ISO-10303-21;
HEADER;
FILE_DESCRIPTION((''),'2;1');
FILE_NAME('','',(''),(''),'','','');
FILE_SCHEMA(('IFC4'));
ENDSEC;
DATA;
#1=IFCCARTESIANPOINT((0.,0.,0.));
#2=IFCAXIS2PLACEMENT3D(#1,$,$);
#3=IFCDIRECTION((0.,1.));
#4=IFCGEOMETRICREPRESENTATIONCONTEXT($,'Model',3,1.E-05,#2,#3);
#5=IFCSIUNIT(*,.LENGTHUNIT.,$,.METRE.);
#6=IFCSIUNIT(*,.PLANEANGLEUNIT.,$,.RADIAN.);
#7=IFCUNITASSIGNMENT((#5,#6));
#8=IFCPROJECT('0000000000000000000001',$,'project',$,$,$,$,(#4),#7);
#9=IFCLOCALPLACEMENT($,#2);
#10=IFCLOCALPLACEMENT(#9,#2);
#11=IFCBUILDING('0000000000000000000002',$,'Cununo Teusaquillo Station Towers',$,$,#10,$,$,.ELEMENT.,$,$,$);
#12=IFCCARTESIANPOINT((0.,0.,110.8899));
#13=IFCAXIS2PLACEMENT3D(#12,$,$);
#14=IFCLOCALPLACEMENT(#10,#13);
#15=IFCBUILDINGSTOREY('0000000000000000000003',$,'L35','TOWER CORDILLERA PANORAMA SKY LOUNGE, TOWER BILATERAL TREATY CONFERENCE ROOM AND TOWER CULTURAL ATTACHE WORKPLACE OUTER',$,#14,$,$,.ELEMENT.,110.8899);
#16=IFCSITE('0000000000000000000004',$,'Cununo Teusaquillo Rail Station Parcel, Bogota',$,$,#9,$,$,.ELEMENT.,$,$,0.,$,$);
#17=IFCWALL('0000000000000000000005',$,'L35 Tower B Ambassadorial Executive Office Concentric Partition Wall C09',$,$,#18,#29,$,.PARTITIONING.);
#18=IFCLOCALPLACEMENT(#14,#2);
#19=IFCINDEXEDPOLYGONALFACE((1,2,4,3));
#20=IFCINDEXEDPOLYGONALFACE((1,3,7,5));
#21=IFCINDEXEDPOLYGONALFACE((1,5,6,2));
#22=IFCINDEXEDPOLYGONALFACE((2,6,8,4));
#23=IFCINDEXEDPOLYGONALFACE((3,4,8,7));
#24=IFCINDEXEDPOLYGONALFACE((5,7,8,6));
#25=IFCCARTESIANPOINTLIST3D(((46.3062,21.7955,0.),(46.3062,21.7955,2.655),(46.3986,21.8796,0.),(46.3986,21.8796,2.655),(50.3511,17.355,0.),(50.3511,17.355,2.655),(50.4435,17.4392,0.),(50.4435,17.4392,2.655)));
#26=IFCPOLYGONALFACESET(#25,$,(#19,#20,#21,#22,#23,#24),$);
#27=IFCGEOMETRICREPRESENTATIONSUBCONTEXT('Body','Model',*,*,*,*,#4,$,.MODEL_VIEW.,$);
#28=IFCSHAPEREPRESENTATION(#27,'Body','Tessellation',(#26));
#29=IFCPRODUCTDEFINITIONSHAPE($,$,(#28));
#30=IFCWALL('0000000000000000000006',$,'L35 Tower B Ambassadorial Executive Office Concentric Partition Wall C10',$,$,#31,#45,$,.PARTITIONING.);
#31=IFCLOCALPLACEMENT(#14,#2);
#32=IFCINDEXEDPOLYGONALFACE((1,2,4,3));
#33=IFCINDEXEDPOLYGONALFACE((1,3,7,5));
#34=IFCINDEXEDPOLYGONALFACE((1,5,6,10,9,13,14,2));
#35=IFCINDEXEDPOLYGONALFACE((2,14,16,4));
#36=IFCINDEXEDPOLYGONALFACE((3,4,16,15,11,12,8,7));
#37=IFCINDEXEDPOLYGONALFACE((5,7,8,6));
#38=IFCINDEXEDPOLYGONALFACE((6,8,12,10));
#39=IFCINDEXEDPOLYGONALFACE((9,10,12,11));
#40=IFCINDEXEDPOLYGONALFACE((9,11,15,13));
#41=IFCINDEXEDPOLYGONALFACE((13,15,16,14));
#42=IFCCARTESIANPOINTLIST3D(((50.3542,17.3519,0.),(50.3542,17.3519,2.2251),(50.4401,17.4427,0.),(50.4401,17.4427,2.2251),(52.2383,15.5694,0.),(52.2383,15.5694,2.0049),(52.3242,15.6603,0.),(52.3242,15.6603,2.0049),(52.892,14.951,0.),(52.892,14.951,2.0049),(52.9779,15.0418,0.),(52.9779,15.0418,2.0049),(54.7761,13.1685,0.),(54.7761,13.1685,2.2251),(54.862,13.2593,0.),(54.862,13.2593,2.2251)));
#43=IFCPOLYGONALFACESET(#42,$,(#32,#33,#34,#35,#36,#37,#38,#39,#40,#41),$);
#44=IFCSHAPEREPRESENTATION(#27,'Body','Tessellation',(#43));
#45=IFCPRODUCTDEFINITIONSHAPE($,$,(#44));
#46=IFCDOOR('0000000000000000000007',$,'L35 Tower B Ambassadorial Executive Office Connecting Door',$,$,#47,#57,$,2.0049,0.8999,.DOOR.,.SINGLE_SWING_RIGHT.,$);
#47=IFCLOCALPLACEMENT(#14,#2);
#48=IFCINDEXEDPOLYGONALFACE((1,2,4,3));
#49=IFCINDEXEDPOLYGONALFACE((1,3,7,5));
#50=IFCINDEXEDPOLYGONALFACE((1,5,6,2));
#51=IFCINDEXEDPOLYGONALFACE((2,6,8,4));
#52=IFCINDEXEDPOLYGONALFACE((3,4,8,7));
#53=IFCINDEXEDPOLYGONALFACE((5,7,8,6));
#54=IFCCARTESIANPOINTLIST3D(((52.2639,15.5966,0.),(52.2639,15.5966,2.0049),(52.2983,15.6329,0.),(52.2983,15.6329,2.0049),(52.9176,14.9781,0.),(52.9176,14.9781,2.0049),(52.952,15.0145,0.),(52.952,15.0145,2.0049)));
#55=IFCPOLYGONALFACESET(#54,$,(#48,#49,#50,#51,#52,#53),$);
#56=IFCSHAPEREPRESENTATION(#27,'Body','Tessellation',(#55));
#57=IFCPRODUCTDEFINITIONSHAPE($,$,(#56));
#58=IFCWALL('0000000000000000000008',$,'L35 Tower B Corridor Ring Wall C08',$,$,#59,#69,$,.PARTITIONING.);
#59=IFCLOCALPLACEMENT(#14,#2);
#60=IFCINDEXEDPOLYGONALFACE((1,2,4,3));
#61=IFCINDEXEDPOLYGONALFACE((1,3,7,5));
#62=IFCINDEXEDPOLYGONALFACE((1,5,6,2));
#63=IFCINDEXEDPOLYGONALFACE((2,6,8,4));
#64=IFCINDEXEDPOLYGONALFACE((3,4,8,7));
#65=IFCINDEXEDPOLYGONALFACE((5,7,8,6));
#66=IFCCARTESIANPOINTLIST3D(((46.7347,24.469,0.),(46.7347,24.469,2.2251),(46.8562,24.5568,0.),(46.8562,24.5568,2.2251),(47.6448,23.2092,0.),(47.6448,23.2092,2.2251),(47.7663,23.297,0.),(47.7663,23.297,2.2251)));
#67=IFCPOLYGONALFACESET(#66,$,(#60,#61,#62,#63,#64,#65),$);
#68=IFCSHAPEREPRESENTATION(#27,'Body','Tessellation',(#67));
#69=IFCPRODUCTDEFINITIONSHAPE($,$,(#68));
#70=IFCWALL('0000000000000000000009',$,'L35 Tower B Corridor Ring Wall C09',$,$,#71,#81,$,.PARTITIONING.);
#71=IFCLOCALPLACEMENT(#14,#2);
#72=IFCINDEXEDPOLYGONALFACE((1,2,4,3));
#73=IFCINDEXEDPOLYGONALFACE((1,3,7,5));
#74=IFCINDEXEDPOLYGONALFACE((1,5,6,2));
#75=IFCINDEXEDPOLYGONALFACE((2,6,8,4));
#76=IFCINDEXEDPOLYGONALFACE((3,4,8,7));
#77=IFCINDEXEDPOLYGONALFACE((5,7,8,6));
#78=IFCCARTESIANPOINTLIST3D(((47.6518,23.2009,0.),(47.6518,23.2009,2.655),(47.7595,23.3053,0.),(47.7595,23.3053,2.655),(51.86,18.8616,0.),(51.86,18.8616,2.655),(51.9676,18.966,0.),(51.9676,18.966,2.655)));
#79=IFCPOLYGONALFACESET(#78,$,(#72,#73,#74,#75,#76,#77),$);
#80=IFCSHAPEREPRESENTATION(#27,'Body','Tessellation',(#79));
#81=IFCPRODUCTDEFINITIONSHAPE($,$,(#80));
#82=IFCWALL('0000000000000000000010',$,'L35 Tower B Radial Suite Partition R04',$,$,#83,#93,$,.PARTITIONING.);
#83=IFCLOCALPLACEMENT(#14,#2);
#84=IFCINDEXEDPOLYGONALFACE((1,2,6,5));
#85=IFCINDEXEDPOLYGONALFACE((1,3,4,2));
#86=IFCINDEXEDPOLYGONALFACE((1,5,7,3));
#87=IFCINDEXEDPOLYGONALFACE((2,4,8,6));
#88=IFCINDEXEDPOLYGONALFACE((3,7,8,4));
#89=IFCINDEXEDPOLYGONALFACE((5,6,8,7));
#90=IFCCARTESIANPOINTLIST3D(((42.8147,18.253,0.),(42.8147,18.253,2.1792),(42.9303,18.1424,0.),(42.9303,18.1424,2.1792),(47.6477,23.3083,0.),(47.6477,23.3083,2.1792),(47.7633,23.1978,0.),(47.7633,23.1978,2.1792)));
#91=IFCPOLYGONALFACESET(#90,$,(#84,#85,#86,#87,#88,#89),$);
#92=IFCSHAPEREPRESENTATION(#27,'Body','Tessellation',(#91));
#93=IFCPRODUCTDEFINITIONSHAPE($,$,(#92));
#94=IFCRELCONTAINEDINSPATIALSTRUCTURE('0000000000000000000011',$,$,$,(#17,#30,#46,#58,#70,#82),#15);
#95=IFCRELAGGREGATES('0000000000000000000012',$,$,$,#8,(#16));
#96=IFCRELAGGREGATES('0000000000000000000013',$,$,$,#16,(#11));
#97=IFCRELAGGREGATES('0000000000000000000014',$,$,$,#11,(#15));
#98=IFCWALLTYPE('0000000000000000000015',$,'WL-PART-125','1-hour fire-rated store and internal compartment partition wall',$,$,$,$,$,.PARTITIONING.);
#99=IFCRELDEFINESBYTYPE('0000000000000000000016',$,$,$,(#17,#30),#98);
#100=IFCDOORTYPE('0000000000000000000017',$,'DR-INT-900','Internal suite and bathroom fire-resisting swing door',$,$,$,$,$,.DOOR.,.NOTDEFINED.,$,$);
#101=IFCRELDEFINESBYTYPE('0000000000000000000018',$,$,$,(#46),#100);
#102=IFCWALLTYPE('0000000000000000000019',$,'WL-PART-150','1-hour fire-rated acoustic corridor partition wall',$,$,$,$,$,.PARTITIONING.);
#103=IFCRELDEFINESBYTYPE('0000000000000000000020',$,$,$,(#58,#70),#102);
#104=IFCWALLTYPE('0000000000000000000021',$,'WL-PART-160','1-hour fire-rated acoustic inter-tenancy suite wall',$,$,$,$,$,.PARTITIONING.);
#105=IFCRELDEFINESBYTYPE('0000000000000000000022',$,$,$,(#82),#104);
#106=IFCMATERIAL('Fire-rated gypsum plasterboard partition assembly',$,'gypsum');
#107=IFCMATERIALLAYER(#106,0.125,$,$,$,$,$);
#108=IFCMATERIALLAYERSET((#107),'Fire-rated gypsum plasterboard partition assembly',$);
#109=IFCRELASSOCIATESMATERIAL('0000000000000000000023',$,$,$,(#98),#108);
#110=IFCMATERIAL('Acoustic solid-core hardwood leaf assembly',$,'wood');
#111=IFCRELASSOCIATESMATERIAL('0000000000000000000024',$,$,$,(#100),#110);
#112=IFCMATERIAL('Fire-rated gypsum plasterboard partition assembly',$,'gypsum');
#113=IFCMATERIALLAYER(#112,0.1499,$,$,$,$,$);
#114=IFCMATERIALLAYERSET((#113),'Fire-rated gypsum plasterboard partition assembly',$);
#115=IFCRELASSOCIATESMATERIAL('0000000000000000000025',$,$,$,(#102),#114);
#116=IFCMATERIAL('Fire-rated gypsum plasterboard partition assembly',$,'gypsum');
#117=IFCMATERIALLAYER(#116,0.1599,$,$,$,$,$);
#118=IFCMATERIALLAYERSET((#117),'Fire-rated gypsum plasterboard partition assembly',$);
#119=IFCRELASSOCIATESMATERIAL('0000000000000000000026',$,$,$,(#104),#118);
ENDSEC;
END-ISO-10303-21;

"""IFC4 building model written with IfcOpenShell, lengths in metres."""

from ifc_helpers import new_model, si_unit, direction, frame, frame_2d, origin, place, context, subcontext, project, spatial, rectangle, extrude, source, transform, mapped, material, layer, layer_set, type_object, element, fill, save


model = new_model("IFC4")

# Units and contexts
model_context = context("Model", 3, precision=1e-05, world=origin(), true_north=direction((0.0, 1.0)))
body_context = subcontext(model_context, "Body", "Model", "MODEL_VIEW")
ifc_project = project(units=[si_unit("LENGTHUNIT", "METRE"), si_unit("PLANEANGLEUNIT", "RADIAN")], contexts=[model_context])

# Site, building, storey
site_placement = place(None, origin())
site = spatial("IfcSite", under=ifc_project, at=site_placement, Name="Cununo Teusaquillo Rail Station Parcel, Bogota", CompositionType="ELEMENT", RefElevation=0.0)
building_placement = place(site_placement, origin())
building = spatial("IfcBuilding", under=site, at=building_placement, Name="Cununo Teusaquillo Station Towers", CompositionType="ELEMENT")
storey_placement = place(building_placement, frame((0.0, 0.0, 110.8899)))
storey = spatial("IfcBuildingStorey", under=building, at=storey_placement, Name="L35", Description="TOWER CORDILLERA PANORAMA SKY LOUNGE, TOWER BILATERAL TREATY CONFERENCE ROOM AND TOWER CULTURAL ATTACHE WORKPLACE OUTER", CompositionType="ELEMENT", Elevation=110.8899)

# Wall
ifc_material_1 = material(Name="Fire-rated gypsum plasterboard partition assembly", Category="gypsum")
ifc_layer_1 = layer(ifc_material_1, 0.125)
ifc_layer_set_1 = layer_set([ifc_layer_1], Name="Fire-rated gypsum plasterboard partition assembly")
wall_type_1 = type_object("IfcWallType", Name="WL-PART-125", Description="1-hour fire-rated store and internal compartment partition wall", PredefinedType="PARTITIONING", material=ifc_layer_set_1)
wall_1_placement = place(storey_placement, frame((46.3523, 21.8376, 0.0), z_axis=(0.0, 0.0, 1.0), x_axis=(0.673417, -0.739263, 0.0)))
element("IfcWall", 1, at=wall_1_placement, inside=storey, type_object=wall_type_1, Name="L35 Tower B Ambassadorial Executive Office Concentric Partition Wall C09", PredefinedType="PARTITIONING", context=body_context, shape_type="SweptSolid", body=[
    extrude(rectangle(XDim=6.0066, YDim=0.125, at=frame_2d((3.0034, 0.0))), origin(), (0.0, 0.0, 1.0), 2.655),
])

# Wall, opening, door
wall_2_placement = place(storey_placement, frame((50.3972, 17.3972, 0.0), z_axis=(0.0, 0.0, 1.0), x_axis=(0.726428, -0.687243, 0.0)))
wall_2 = element("IfcWall", 2, at=wall_2_placement, inside=storey, type_object=wall_type_1, Name="L35 Tower B Ambassadorial Executive Office Concentric Partition Wall C10", PredefinedType="PARTITIONING", context=body_context, shape_type="SweptSolid", body=[
    extrude(rectangle(XDim=6.0872, YDim=0.125, at=frame_2d((3.0435, 0.0))), origin(), (0.0, 0.0, 1.0), 2.2251),
])
shared_shape_1 = source(origin(), body_context, "Body", "SweptSolid", [
    extrude(rectangle(XDim=0.8999, YDim=2.0049, at=frame_2d((0.45, 1.0024))), frame((0.0, 0.0725, 0.0), z_axis=(0.0, -1.0, 0.0), x_axis=(1.0, 0.0, 0.0)), (0.0, 0.0, 1.0), 0.145),
])
opening_1_placement = place(wall_2_placement, frame((2.5935, 0.0, 0.0)))
opening_1 = element("IfcOpeningElement", 3, at=opening_1_placement, cuts=wall_2, PredefinedType="OPENING", context=body_context, shape_type="MappedRepresentation", body=[
    mapped(shared_shape_1, transform((0.0, 0.0, 0.0), x_axis=(1.0, 0.0, 0.0), y_axis=(0.0, 1.0, 0.0), z_axis=(0.0, 0.0, 1.0), scale=1.0)),
])
ifc_material_2 = material(Name="Acoustic solid-core hardwood leaf assembly", Category="wood")
door_type_1 = type_object("IfcDoorType", Name="DR-INT-900", Description="Internal suite and bathroom fire-resisting swing door", OperationType="NOTDEFINED", PredefinedType="DOOR", material=ifc_material_2)
shared_shape_2 = source(origin(), body_context, "Body", "SweptSolid", [
    extrude(rectangle(XDim=0.8999, YDim=2.0049, at=frame_2d((0.45, 1.0024))), frame((0.0, 0.0249, 0.0), z_axis=(0.0, -1.0, 0.0), x_axis=(1.0, 0.0, 0.0)), (0.0, 0.0, 1.0), 0.05),
])
door_1_placement = place(opening_1_placement, origin())
door_1 = element("IfcDoor", 4, at=door_1_placement, inside=storey, type_object=door_type_1, Name="L35 Tower B Ambassadorial Executive Office Connecting Door", OperationType="SINGLE_SWING_RIGHT", OverallHeight=2.0049, OverallWidth=0.8999, PredefinedType="DOOR", context=body_context, shape_type="MappedRepresentation", body=[
    mapped(shared_shape_2, transform((0.0, 0.0, 0.0), x_axis=(1.0, 0.0, 0.0), y_axis=(0.0, 1.0, 0.0), z_axis=(0.0, 0.0, 1.0), scale=1.0)),
])
fill(opening_1, door_1)

# Walls
ifc_material_3 = material(Name="Fire-rated gypsum plasterboard partition assembly", Category="gypsum")
ifc_layer_2 = layer(ifc_material_3, 0.1499)
ifc_layer_set_2 = layer_set([ifc_layer_2], Name="Fire-rated gypsum plasterboard partition assembly")
wall_type_2 = type_object("IfcWallType", Name="WL-PART-150", Description="1-hour fire-rated acoustic corridor partition wall", PredefinedType="PARTITIONING", material=ifc_layer_set_2)
wall_3_placement = place(storey_placement, frame((46.7954, 24.5129, 0.0), z_axis=(0.0, 0.0, 1.0), x_axis=(0.585628, -0.81058, 0.0)))
element("IfcWall", 5, at=wall_3_placement, inside=storey, type_object=wall_type_2, Name="L35 Tower B Corridor Ring Wall C08", PredefinedType="PARTITIONING", context=body_context, shape_type="SweptSolid", body=[
    extrude(rectangle(XDim=1.5542, YDim=0.1499, at=frame_2d((0.7771, 0.0))), origin(), (0.0, 0.0, 1.0), 2.2251),
])
wall_4_placement = place(storey_placement, frame((47.7056, 23.2532, 0.0), z_axis=(0.0, 0.0, 1.0), x_axis=(0.696179, -0.717868, 0.0)))
element("IfcWall", 6, at=wall_4_placement, inside=storey, type_object=wall_type_2, Name="L35 Tower B Corridor Ring Wall C09", PredefinedType="PARTITIONING", context=body_context, shape_type="SweptSolid", body=[
    extrude(rectangle(XDim=6.0447, YDim=0.1499, at=frame_2d((3.0225, 0.0))), origin(), (0.0, 0.0, 1.0), 2.655),
])
ifc_material_4 = material(Name="Fire-rated gypsum plasterboard partition assembly", Category="gypsum")
ifc_layer_3 = layer(ifc_material_4, 0.1599)
ifc_layer_set_3 = layer_set([ifc_layer_3], Name="Fire-rated gypsum plasterboard partition assembly")
wall_type_3 = type_object("IfcWallType", Name="WL-PART-160", Description="1-hour fire-rated acoustic inter-tenancy suite wall", PredefinedType="PARTITIONING", material=ifc_layer_set_3)
wall_5_placement = place(storey_placement, frame((47.7056, 23.2532, 0.0), z_axis=(0.0, 0.0, 1.0), x_axis=(-0.691028, -0.722828, 0.0)))
element("IfcWall", 7, at=wall_5_placement, inside=storey, type_object=wall_type_3, Name="L35 Tower B Radial Suite Partition R04", PredefinedType="PARTITIONING", context=body_context, shape_type="SweptSolid", body=[
    extrude(rectangle(XDim=6.9939, YDim=0.1599, at=frame_2d((3.4971, 0.0))), origin(), (0.0, 0.0, 1.0), 2.1792),
])

save(model, "model.ifc")
